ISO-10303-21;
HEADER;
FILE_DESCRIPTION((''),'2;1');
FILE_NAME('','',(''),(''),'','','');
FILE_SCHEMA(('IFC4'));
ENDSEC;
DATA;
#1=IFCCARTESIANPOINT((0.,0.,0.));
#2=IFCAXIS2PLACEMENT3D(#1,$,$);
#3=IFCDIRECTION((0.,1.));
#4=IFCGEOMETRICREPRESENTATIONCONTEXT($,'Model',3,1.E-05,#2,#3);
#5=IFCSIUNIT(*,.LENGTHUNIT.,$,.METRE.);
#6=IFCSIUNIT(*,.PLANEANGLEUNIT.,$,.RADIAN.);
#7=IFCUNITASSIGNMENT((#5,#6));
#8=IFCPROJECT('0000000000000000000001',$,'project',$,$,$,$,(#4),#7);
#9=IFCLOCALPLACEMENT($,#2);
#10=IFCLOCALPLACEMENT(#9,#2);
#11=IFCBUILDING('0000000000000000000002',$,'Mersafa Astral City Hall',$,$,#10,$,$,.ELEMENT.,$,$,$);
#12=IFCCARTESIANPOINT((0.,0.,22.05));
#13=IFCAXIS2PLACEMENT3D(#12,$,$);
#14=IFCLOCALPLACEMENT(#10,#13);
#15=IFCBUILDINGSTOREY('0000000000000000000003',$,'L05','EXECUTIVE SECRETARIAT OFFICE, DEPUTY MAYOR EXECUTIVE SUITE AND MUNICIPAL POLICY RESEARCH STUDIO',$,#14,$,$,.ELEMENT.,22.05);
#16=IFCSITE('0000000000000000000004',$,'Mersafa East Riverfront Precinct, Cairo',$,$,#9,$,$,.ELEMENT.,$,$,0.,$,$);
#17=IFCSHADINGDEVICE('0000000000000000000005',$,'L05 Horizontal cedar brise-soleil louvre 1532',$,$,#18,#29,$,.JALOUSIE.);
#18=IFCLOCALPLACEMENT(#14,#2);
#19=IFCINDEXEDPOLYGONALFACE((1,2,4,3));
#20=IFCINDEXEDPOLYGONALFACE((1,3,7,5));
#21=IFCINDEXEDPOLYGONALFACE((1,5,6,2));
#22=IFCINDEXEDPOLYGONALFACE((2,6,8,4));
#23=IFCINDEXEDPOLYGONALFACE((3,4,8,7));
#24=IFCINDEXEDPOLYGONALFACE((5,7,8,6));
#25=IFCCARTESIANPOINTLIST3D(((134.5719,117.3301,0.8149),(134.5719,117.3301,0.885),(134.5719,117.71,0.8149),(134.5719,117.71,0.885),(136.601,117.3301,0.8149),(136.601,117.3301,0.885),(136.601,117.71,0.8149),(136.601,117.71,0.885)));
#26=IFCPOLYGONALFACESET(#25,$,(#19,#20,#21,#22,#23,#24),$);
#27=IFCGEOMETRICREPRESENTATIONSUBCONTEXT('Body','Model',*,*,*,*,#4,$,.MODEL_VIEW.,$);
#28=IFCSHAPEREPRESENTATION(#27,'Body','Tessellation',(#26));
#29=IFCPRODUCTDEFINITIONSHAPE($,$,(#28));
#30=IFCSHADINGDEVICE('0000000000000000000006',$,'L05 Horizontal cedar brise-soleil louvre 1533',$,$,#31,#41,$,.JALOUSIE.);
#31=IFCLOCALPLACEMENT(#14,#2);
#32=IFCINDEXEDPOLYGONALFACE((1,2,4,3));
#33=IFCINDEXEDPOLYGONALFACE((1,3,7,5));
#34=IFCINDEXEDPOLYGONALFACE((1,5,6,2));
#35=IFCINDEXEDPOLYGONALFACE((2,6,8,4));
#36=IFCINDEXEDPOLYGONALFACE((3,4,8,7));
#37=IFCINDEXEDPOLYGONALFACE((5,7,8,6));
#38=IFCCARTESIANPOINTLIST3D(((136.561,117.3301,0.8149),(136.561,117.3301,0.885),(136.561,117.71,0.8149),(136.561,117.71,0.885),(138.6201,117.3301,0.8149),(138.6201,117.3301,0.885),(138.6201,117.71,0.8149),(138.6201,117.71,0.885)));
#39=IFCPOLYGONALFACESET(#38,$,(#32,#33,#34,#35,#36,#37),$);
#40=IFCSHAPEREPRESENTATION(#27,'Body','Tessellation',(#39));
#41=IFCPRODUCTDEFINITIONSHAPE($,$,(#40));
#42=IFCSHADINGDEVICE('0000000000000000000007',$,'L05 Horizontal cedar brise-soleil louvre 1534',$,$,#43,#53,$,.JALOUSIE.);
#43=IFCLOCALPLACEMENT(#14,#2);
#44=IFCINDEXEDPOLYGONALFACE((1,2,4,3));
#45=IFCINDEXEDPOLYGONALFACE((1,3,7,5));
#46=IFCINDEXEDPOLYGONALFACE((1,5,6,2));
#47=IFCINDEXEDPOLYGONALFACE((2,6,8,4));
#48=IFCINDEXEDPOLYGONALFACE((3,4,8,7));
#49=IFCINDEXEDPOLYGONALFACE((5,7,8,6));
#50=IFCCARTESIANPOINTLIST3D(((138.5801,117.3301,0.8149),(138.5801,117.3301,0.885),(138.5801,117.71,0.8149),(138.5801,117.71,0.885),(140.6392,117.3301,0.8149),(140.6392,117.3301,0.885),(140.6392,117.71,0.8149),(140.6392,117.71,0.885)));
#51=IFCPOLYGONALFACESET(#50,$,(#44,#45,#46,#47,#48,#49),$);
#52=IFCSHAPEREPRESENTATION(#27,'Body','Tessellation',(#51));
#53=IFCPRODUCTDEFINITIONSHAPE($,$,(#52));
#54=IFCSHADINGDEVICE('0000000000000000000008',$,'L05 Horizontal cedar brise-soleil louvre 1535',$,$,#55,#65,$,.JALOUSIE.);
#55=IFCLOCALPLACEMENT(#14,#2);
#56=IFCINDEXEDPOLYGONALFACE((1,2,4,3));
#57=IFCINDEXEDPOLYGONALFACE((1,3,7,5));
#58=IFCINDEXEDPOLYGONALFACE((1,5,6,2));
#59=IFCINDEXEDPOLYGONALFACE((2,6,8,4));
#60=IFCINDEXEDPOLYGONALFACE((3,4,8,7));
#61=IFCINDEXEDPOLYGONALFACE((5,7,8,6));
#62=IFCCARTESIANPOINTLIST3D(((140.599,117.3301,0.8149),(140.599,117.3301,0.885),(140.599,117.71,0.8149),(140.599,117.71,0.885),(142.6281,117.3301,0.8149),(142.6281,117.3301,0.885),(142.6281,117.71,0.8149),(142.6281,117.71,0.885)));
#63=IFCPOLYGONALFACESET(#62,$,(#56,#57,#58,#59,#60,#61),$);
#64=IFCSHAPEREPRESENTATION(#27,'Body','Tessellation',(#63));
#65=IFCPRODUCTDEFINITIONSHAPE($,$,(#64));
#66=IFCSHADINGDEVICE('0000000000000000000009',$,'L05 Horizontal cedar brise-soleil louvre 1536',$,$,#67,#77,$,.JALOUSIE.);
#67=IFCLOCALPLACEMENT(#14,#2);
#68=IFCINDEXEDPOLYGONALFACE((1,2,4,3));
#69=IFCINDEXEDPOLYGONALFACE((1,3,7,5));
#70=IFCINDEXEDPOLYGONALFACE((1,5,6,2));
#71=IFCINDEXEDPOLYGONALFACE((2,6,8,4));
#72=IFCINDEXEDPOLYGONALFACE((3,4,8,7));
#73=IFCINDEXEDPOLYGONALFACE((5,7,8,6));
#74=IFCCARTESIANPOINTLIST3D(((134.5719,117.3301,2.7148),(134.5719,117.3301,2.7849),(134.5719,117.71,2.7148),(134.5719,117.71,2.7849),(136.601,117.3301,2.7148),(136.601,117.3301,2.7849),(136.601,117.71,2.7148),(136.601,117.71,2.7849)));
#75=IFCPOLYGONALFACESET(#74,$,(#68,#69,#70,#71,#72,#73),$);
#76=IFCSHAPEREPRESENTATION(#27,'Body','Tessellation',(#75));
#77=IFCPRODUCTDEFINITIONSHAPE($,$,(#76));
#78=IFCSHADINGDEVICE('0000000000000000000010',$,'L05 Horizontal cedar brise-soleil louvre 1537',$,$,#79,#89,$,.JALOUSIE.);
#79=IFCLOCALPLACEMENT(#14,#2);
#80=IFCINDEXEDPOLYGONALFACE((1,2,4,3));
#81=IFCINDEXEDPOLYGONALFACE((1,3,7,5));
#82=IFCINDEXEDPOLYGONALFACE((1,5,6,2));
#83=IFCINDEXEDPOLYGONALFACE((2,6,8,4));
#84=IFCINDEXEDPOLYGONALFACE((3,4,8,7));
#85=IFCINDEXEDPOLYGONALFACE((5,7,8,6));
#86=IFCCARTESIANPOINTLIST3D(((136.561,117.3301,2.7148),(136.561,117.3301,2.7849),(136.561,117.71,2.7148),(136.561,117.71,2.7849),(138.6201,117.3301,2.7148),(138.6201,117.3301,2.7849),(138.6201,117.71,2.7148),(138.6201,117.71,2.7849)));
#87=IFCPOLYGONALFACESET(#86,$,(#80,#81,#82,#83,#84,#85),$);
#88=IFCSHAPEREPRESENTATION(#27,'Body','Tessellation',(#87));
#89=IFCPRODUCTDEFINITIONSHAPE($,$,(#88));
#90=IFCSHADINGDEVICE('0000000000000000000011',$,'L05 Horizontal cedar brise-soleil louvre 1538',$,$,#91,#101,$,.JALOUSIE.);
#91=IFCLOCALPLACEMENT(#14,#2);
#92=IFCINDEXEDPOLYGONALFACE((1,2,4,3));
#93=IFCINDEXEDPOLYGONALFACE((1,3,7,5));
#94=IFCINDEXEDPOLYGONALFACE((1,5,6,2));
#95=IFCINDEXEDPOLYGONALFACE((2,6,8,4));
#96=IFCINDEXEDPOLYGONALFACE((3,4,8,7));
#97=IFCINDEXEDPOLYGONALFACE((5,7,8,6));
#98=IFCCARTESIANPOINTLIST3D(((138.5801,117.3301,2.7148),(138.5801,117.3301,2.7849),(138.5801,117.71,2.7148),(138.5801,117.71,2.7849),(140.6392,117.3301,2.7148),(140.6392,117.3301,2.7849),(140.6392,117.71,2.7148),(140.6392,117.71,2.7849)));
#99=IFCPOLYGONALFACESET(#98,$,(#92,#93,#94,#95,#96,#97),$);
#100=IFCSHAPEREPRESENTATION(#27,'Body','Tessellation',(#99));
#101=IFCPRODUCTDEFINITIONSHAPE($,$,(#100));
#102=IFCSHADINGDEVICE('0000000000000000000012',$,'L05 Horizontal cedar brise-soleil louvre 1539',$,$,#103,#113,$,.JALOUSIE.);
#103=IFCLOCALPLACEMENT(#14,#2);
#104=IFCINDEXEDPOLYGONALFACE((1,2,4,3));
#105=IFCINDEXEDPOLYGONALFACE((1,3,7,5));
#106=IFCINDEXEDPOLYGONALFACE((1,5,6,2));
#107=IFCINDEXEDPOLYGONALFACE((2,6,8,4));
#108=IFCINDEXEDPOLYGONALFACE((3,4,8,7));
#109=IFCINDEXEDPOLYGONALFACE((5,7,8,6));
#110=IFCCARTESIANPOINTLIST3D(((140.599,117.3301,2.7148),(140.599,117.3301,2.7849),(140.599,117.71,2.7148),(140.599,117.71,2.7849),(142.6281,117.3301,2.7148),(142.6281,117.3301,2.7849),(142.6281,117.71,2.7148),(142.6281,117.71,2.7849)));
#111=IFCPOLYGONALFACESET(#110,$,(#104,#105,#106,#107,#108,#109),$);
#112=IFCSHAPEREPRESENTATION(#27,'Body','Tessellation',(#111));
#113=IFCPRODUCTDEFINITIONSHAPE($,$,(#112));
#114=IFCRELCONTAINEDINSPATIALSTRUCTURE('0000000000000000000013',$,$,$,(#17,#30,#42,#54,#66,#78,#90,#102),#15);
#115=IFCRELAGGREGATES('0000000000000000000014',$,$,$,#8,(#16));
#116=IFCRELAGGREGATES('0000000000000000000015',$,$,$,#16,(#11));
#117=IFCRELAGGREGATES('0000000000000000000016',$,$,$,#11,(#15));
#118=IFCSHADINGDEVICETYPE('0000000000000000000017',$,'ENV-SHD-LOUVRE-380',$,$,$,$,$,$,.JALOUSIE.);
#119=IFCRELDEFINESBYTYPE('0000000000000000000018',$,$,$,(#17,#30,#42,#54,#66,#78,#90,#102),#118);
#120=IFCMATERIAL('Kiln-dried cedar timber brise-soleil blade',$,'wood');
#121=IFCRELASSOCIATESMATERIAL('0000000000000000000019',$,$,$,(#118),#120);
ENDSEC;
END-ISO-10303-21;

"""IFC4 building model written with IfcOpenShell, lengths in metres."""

from ifc_helpers import new_model, si_unit, direction, frame, origin, origin_2d, place, context, subcontext, project, spatial, rectangle, extrude, material, type_object, element, save


model = new_model("IFC4")

# Units and contexts
model_context = context("Model", 3, precision=1e-05, world=origin(), true_north=direction((0.0, 1.0)))
body_context = subcontext(model_context, "Body", "Model", "MODEL_VIEW")
ifc_project = project(units=[si_unit("LENGTHUNIT", "METRE"), si_unit("PLANEANGLEUNIT", "RADIAN")], contexts=[model_context])

# Site, building, storey
site_placement = place(None, origin())
site = spatial("IfcSite", under=ifc_project, at=site_placement, Name="Mersafa East Riverfront Precinct, Cairo", CompositionType="ELEMENT", RefElevation=0.0)
building_placement = place(site_placement, origin())
building = spatial("IfcBuilding", under=site, at=building_placement, Name="Mersafa Astral City Hall", CompositionType="ELEMENT")
storey_placement = place(building_placement, frame((0.0, 0.0, 22.05)))
storey = spatial("IfcBuildingStorey", under=building, at=storey_placement, Name="L05", Description="EXECUTIVE SECRETARIAT OFFICE, DEPUTY MAYOR EXECUTIVE SUITE AND MUNICIPAL POLICY RESEARCH STUDIO", CompositionType="ELEMENT", Elevation=22.05)

# Shading devices
ifc_material_1 = material(Name="Kiln-dried cedar timber brise-soleil blade", Category="wood")
shading_device_type = type_object("IfcShadingDeviceType", Name="ENV-SHD-LOUVRE-380", PredefinedType="JALOUSIE", material=ifc_material_1)
shading_device_1_placement = place(storey_placement, frame((135.5864, 117.52, 0.8149), z_axis=(0.0, 0.0, 1.0), x_axis=(1.0, 0.0, 0.0)))
element("IfcShadingDevice", 1, at=shading_device_1_placement, inside=storey, type_object=shading_device_type, Name="L05 Horizontal cedar brise-soleil louvre 1532", PredefinedType="JALOUSIE", context=body_context, shape_type="SweptSolid", body=[
    extrude(rectangle(XDim=2.0291, YDim=0.3799, at=origin_2d()), origin(), (0.0, 0.0, 1.0), 0.0701),
])
for number, where, z_axis, x_axis, name in (
    (2, (137.5906, 117.52, 0.8149), (0.0, 0.0, 1.0), (1.0, 0.0, 0.0), "L05 Horizontal cedar brise-soleil louvre 1533"),
    (3, (139.6096, 117.52, 0.8149), (0.0, 0.0, 1.0), (1.0, 0.0, 0.0), "L05 Horizontal cedar brise-soleil louvre 1534"),
):
    element("IfcShadingDevice", number, at=place(storey_placement, frame(where, z_axis=z_axis, x_axis=x_axis)), inside=storey, type_object=shading_device_type, Name=name, PredefinedType="JALOUSIE", context=body_context, shape_type="SweptSolid", body=[
        extrude(rectangle(XDim=2.0591, YDim=0.3799, at=origin_2d()), origin(), (0.0, 0.0, 1.0), 0.0701),
    ])
for number, where, z_axis, x_axis, name in (
    (4, (141.6135, 117.52, 0.8149), (0.0, 0.0, 1.0), (1.0, 0.0, 0.0), "L05 Horizontal cedar brise-soleil louvre 1535"),
    (5, (135.5864, 117.52, 2.7148), (0.0, 0.0, 1.0), (1.0, 0.0, 0.0), "L05 Horizontal cedar brise-soleil louvre 1536"),
):
    element("IfcShadingDevice", number, at=place(storey_placement, frame(where, z_axis=z_axis, x_axis=x_axis)), inside=storey, type_object=shading_device_type, Name=name, PredefinedType="JALOUSIE", context=body_context, shape_type="SweptSolid", body=[
        extrude(rectangle(XDim=2.0291, YDim=0.3799, at=origin_2d()), origin(), (0.0, 0.0, 1.0), 0.0701),
    ])
for number, where, z_axis, x_axis, name in (
    (6, (137.5906, 117.52, 2.7148), (0.0, 0.0, 1.0), (1.0, 0.0, 0.0), "L05 Horizontal cedar brise-soleil louvre 1537"),
    (7, (139.6096, 117.52, 2.7148), (0.0, 0.0, 1.0), (1.0, 0.0, 0.0), "L05 Horizontal cedar brise-soleil louvre 1538"),
):
    element("IfcShadingDevice", number, at=place(storey_placement, frame(where, z_axis=z_axis, x_axis=x_axis)), inside=storey, type_object=shading_device_type, Name=name, PredefinedType="JALOUSIE", context=body_context, shape_type="SweptSolid", body=[
        extrude(rectangle(XDim=2.0591, YDim=0.3799, at=origin_2d()), origin(), (0.0, 0.0, 1.0), 0.0701),
    ])
shading_device_2_placement = place(storey_placement, frame((141.6135, 117.52, 2.7148), z_axis=(0.0, 0.0, 1.0), x_axis=(1.0, 0.0, 0.0)))
element("IfcShadingDevice", 8, at=shading_device_2_placement, inside=storey, type_object=shading_device_type, Name="L05 Horizontal cedar brise-soleil louvre 1539", PredefinedType="JALOUSIE", context=body_context, shape_type="SweptSolid", body=[
    extrude(rectangle(XDim=2.0291, YDim=0.3799, at=origin_2d()), origin(), (0.0, 0.0, 1.0), 0.0701),
])

save(model, "model.ifc")
